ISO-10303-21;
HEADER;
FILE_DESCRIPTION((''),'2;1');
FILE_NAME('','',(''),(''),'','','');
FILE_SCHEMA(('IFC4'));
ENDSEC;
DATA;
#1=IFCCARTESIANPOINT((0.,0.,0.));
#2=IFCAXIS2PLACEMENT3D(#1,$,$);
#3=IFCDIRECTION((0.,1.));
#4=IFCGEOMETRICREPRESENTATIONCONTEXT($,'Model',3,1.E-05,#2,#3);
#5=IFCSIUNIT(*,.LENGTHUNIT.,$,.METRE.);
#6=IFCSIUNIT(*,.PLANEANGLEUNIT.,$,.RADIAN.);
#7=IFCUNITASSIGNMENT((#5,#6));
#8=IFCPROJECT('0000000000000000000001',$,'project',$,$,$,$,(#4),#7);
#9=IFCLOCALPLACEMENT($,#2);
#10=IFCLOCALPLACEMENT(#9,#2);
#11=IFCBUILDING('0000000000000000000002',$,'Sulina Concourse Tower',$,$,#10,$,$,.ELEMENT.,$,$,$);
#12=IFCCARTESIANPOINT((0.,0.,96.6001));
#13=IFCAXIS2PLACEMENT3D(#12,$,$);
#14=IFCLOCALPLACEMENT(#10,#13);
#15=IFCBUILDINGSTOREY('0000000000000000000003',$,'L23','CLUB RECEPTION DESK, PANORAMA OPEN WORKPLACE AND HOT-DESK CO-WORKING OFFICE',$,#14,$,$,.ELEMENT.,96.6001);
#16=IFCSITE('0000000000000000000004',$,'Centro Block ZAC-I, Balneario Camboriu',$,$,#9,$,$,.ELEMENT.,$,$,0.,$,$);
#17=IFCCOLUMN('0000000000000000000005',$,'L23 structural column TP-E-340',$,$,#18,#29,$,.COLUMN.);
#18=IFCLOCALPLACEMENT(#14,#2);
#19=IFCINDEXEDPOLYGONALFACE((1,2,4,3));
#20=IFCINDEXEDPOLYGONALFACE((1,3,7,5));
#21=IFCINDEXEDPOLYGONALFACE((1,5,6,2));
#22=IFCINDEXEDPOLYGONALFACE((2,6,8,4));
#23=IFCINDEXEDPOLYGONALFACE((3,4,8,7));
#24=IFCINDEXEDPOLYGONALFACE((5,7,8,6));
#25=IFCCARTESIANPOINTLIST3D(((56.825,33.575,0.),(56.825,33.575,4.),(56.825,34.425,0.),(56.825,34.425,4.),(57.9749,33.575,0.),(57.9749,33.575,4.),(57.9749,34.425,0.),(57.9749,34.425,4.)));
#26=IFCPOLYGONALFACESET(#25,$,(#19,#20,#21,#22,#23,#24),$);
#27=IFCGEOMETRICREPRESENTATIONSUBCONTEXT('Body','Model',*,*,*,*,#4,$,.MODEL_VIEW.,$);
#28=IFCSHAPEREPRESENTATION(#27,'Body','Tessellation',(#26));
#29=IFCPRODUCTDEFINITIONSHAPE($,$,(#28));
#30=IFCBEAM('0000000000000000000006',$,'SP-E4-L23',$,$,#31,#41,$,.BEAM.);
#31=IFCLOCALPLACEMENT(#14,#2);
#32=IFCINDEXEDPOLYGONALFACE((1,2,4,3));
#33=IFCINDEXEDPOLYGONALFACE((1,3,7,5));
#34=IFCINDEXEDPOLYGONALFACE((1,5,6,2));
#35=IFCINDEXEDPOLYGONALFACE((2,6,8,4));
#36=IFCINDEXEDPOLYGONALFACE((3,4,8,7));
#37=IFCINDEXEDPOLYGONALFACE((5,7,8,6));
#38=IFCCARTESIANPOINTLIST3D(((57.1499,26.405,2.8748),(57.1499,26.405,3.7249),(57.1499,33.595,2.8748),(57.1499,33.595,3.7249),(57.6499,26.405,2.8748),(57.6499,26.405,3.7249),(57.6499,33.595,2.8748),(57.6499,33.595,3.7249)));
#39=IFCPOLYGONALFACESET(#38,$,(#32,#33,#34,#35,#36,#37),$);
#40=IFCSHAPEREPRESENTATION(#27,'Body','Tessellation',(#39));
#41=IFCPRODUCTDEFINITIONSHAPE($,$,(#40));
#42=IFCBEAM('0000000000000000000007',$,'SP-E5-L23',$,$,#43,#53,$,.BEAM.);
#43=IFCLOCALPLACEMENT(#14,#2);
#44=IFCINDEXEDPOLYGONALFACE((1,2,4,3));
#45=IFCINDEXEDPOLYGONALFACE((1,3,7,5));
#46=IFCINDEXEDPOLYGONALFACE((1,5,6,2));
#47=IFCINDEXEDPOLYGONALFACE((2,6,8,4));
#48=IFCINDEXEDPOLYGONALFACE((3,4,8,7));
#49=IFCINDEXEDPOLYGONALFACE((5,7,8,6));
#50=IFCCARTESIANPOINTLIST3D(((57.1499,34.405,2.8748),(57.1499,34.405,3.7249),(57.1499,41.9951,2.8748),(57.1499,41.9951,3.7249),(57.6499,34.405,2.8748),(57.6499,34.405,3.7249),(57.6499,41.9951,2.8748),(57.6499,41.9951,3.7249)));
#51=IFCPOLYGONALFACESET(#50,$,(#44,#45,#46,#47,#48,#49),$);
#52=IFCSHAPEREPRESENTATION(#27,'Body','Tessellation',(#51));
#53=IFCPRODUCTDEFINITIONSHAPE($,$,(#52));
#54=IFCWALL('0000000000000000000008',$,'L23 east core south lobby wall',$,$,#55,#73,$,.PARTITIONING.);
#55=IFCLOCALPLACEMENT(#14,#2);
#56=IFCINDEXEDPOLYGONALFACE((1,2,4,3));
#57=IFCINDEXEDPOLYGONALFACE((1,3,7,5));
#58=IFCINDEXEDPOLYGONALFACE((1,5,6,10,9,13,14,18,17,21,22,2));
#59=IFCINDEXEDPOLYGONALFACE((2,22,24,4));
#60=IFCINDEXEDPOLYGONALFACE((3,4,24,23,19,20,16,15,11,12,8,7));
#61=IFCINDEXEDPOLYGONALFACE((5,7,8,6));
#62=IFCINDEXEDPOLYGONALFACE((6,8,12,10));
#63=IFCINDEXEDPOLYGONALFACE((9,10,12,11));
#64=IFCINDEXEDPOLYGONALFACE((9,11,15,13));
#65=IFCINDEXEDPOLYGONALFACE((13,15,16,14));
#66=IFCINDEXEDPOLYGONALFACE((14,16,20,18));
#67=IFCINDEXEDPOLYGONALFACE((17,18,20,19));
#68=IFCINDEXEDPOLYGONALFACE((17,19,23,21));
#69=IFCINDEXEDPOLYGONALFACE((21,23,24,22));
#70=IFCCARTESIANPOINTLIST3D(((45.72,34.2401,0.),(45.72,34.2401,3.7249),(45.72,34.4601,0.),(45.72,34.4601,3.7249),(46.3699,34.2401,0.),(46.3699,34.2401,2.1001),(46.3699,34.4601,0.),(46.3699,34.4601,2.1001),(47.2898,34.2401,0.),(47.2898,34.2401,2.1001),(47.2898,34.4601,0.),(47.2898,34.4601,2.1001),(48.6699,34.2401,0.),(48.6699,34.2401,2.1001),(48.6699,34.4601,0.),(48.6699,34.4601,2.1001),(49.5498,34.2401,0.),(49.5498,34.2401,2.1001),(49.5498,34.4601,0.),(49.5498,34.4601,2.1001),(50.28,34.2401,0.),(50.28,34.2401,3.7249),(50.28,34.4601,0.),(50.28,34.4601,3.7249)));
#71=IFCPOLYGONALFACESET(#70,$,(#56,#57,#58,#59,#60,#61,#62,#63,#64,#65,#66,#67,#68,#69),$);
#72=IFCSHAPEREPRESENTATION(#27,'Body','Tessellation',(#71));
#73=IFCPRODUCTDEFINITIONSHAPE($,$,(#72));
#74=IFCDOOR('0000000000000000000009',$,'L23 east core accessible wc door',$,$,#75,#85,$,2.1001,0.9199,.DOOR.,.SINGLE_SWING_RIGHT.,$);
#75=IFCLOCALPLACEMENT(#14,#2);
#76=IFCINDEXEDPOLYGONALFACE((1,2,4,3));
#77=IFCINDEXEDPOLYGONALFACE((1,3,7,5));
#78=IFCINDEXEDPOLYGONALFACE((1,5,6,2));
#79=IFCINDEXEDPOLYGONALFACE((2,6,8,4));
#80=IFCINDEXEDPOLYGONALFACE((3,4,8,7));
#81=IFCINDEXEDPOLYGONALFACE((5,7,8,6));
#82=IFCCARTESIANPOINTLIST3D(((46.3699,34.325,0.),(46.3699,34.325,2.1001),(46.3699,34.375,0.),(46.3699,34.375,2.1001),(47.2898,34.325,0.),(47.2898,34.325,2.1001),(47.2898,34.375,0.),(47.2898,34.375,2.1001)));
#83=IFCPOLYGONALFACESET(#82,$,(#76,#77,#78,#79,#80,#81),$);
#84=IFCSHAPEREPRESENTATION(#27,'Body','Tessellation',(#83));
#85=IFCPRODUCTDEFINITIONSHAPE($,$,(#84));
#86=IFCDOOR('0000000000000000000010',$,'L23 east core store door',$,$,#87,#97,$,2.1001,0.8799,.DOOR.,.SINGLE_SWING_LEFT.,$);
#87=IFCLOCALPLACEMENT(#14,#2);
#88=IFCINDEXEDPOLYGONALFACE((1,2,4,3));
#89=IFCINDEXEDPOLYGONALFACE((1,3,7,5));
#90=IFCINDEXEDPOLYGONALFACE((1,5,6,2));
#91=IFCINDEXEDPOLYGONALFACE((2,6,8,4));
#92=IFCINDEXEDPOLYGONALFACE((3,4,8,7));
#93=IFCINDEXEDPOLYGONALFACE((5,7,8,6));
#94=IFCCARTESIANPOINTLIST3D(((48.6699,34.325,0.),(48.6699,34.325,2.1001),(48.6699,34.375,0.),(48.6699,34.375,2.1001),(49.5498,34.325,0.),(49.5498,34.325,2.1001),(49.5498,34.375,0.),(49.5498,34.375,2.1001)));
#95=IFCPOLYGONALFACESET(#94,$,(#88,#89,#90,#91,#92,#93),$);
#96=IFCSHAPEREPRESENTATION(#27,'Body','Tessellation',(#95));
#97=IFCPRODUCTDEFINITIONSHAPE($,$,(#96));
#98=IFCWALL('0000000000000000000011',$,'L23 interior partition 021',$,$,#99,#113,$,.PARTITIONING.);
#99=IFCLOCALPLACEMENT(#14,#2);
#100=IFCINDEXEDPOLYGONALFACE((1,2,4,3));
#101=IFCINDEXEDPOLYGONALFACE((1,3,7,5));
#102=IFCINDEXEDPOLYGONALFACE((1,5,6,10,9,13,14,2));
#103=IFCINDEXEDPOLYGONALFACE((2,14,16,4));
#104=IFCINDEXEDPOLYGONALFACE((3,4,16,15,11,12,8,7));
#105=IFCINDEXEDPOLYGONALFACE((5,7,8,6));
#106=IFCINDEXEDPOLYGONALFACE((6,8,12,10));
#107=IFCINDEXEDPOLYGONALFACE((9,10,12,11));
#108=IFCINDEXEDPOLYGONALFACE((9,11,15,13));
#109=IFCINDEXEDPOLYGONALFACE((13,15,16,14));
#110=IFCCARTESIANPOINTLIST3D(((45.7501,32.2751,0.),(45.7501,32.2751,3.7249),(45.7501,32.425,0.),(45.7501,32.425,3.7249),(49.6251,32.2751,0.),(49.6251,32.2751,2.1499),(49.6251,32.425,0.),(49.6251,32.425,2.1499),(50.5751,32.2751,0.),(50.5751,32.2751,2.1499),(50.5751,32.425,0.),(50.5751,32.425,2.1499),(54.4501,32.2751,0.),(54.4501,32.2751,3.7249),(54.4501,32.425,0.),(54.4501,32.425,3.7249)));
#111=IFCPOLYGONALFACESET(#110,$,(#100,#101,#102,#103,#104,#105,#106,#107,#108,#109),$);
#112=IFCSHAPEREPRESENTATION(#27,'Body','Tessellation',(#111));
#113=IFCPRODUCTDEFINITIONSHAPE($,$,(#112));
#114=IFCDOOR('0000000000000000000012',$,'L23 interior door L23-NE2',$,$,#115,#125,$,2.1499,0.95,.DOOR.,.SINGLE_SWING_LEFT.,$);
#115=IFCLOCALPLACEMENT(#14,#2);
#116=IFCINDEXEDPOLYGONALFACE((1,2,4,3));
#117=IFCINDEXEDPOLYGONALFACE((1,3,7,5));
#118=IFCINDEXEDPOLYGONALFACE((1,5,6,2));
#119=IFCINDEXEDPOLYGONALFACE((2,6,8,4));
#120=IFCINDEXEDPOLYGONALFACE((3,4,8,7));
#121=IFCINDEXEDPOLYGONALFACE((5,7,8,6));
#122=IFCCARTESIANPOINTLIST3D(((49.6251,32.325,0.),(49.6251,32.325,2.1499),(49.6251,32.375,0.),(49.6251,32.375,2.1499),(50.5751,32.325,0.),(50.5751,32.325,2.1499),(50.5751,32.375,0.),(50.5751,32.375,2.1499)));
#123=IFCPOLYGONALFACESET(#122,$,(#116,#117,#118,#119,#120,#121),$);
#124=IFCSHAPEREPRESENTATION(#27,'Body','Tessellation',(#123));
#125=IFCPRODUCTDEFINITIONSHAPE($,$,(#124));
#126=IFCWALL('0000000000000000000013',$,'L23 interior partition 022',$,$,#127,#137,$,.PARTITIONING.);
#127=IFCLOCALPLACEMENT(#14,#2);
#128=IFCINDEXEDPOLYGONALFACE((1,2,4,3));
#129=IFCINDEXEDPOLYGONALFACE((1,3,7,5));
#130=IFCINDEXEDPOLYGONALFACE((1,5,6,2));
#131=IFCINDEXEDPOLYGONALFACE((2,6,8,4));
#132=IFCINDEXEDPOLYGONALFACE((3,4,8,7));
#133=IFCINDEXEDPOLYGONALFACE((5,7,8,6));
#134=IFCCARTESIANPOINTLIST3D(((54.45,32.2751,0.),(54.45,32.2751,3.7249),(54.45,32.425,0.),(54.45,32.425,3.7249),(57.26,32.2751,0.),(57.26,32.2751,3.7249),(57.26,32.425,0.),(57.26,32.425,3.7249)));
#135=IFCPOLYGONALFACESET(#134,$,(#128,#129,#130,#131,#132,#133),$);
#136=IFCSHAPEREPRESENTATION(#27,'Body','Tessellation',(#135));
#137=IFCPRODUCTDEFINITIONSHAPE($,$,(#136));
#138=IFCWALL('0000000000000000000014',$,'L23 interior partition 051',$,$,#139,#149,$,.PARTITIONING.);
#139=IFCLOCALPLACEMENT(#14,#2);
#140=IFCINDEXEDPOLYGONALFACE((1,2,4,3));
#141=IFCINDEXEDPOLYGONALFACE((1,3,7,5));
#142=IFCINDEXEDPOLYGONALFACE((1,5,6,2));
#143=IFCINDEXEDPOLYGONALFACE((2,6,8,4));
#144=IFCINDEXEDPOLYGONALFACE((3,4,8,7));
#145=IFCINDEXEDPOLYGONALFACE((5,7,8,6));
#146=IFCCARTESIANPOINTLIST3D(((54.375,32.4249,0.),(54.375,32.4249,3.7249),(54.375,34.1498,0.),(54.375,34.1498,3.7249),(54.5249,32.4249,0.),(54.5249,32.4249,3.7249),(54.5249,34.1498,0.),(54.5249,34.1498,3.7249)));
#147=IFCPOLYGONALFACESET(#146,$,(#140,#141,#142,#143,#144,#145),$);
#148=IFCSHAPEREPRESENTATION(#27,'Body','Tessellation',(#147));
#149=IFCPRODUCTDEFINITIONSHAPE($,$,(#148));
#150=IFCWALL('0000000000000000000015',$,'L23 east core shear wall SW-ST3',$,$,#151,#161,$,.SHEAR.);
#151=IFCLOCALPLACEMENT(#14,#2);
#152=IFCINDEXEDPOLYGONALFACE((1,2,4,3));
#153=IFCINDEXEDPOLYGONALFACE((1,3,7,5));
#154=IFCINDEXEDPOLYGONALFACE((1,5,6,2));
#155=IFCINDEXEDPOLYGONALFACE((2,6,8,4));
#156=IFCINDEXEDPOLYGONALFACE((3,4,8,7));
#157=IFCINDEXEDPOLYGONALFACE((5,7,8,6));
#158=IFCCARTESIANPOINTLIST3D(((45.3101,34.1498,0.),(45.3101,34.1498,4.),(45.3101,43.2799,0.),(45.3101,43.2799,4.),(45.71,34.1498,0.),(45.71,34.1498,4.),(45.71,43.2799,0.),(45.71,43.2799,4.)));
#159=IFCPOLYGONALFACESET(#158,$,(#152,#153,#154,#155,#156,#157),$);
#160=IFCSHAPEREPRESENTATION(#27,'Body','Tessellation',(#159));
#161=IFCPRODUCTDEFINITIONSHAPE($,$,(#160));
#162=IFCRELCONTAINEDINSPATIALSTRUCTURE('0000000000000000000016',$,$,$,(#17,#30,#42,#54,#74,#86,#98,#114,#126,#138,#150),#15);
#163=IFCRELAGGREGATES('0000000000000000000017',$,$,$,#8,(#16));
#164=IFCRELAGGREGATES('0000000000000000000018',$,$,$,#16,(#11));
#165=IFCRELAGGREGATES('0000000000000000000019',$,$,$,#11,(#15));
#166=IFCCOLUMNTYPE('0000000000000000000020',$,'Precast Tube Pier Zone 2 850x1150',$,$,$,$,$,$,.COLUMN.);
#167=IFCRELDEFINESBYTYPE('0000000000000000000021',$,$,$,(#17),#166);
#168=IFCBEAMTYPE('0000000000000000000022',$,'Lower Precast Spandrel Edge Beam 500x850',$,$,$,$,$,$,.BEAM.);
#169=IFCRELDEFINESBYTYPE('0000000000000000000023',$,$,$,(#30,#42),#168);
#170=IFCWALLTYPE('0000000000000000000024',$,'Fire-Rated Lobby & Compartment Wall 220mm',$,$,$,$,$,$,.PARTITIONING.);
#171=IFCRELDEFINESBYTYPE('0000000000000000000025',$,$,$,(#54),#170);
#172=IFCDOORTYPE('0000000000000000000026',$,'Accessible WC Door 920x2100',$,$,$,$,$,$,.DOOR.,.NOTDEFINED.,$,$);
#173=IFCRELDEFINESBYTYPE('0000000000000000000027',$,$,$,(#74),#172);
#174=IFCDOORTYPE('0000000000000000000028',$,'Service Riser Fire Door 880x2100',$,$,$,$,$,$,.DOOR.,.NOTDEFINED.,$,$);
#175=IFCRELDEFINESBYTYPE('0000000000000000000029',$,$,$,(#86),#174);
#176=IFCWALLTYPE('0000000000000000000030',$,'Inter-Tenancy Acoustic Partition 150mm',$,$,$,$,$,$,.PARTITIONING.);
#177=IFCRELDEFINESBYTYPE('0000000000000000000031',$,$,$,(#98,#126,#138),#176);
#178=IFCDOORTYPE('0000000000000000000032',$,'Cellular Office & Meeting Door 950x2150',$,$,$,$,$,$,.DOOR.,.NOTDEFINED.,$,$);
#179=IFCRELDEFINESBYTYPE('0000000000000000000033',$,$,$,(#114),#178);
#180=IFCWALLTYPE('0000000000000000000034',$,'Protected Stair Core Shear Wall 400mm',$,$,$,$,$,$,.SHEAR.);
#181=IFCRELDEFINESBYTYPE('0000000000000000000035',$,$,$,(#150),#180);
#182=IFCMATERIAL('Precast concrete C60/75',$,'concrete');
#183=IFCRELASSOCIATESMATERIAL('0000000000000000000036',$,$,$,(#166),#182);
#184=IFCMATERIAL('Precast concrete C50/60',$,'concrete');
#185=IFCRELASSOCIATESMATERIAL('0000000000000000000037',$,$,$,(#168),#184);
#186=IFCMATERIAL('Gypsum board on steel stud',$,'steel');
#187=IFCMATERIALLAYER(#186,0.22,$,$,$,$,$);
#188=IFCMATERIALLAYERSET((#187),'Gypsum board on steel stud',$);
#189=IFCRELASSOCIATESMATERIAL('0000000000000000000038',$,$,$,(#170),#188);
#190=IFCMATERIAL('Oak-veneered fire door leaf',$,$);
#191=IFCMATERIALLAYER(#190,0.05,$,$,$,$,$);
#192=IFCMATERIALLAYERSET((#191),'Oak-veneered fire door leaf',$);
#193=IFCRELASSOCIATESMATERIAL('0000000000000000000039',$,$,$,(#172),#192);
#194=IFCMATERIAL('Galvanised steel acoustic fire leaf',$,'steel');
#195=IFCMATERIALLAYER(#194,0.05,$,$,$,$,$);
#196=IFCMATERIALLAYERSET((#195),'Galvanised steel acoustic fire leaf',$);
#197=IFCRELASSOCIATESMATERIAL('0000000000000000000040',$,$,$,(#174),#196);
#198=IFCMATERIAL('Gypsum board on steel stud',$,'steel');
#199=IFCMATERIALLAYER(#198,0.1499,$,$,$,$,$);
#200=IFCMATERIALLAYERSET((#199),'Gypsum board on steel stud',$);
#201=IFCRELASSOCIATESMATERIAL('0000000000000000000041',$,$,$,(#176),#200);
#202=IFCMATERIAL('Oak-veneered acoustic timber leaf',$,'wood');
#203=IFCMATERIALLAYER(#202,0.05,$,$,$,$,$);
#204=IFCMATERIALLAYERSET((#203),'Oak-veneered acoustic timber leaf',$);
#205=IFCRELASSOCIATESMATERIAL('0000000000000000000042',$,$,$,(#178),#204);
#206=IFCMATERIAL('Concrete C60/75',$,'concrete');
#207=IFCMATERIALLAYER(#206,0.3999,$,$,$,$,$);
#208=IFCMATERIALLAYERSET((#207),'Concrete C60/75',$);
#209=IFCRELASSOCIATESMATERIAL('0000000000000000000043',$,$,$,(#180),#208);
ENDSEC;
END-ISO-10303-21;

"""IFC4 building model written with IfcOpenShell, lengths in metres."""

from ifc_helpers import new_model, si_unit, direction, frame, frame_2d, origin, origin_2d, place, context, subcontext, project, spatial, rectangle, extrude, material, layer, layer_set, material_profile, profile_set, type_object, element, fill, save


model = new_model("IFC4")

# Units and contexts
model_context = context("Model", 3, precision=1e-05, world=origin(), true_north=direction((0.0, 1.0)))
body_context = subcontext(model_context, "Body", "Model", "MODEL_VIEW")
ifc_project = project(units=[si_unit("LENGTHUNIT", "METRE"), si_unit("PLANEANGLEUNIT", "RADIAN")], contexts=[model_context])

# Site, building, storey
site_placement = place(None, origin())
site = spatial("IfcSite", under=ifc_project, at=site_placement, Name="Centro Block ZAC-I, Balneario Camboriu", CompositionType="ELEMENT", RefElevation=0.0)
building_placement = place(site_placement, origin())
building = spatial("IfcBuilding", under=site, at=building_placement, Name="Sulina Concourse Tower", CompositionType="ELEMENT")
storey_placement = place(building_placement, frame((0.0, 0.0, 96.6001)))
storey = spatial("IfcBuildingStorey", under=building, at=storey_placement, Name="L23", Description="CLUB RECEPTION DESK, PANORAMA OPEN WORKPLACE AND HOT-DESK CO-WORKING OFFICE", CompositionType="ELEMENT", Elevation=96.6001)

# Column
ifc_material_1 = material(Name="Precast concrete C60/75", Category="concrete")
ifc_material_profile_1 = material_profile(ifc_material_1, rectangle(XDim=0.8501, YDim=1.1499, at=origin_2d()), Name="PC 850x1150")
ifc_profile_set_1 = profile_set([ifc_material_profile_1], Name="Precast concrete C60/75")
column_type = type_object("IfcColumnType", Name="Precast Tube Pier Zone 2 850x1150", PredefinedType="COLUMN", material=ifc_profile_set_1)
column_placement = place(storey_placement, frame((57.3999, 34.0, 0.0), z_axis=(0.0, 0.0, 1.0), x_axis=(0.0, 1.0, 0.0)))
element("IfcColumn", 1, at=column_placement, inside=storey, type_object=column_type, Name="L23 structural column TP-E-340", PredefinedType="COLUMN", context=body_context, shape_type="SweptSolid", body=[
    extrude(rectangle(XDim=0.8501, YDim=1.1499, at=origin_2d()), origin(), (0.0, 0.0, 1.0), 4.0),
])

# Beams
ifc_material_2 = material(Name="Precast concrete C50/60", Category="concrete")
ifc_material_profile_2 = material_profile(ifc_material_2, rectangle(XDim=0.5, YDim=0.8501, at=origin_2d()), Name="RC 500x850")
ifc_profile_set_2 = profile_set([ifc_material_profile_2], Name="Precast concrete C50/60")
beam_type = type_object("IfcBeamType", Name="Lower Precast Spandrel Edge Beam 500x850", PredefinedType="BEAM", material=ifc_profile_set_2)
beam_1_placement = place(storey_placement, frame((57.3999, 26.405, 3.2998), z_axis=(0.0, 1.0, 0.0), x_axis=(-1.0, 0.0, 0.0)))
element("IfcBeam", 2, at=beam_1_placement, inside=storey, type_object=beam_type, Name="SP-E4-L23", PredefinedType="BEAM", context=body_context, shape_type="SweptSolid", body=[
    extrude(rectangle(XDim=0.5, YDim=0.8501, at=origin_2d()), origin(), (0.0, 0.0, 1.0), 7.1899),
])
beam_2_placement = place(storey_placement, frame((57.3999, 34.405, 3.2998), z_axis=(0.0, 1.0, 0.0), x_axis=(-1.0, 0.0, 0.0)))
element("IfcBeam", 3, at=beam_2_placement, inside=storey, type_object=beam_type, Name="SP-E5-L23", PredefinedType="BEAM", context=body_context, shape_type="SweptSolid", body=[
    extrude(rectangle(XDim=0.5, YDim=0.8501, at=origin_2d()), origin(), (0.0, 0.0, 1.0), 7.5901),
])

# Wall, openings, doors
ifc_material_3 = material(Name="Gypsum board on steel stud", Category="steel")
ifc_layer_1 = layer(ifc_material_3, 0.22)
ifc_layer_set_1 = layer_set([ifc_layer_1], Name="Gypsum board on steel stud")
wall_type_1 = type_object("IfcWallType", Name="Fire-Rated Lobby & Compartment Wall 220mm", PredefinedType="PARTITIONING", material=ifc_layer_set_1)
wall_1_placement = place(storey_placement, frame((45.72, 34.3501, 0.0), z_axis=(0.0, 0.0, 1.0), x_axis=(1.0, 0.0, 0.0)))
wall_1 = element("IfcWall", 4, at=wall_1_placement, inside=storey, type_object=wall_type_1, Name="L23 east core south lobby wall", PredefinedType="PARTITIONING", context=body_context, shape_type="SweptSolid", body=[
    extrude(rectangle(XDim=4.5601, YDim=0.22, at=frame_2d((2.28, 0.0))), origin(), (0.0, 0.0, 1.0), 3.7249),
])
opening_1_placement = place(wall_1_placement, frame((0.6499, 0.0, 0.0)))
opening_1 = element("IfcOpeningElement", 5, at=opening_1_placement, cuts=wall_1, PredefinedType="OPENING", context=body_context, shape_type="SweptSolid", body=[
    extrude(rectangle(XDim=0.9199, YDim=2.1001, at=frame_2d((0.46, 1.05))), frame((0.0, 0.1199, 0.0), z_axis=(0.0, -1.0, 0.0), x_axis=(1.0, 0.0, 0.0)), (0.0, 0.0, 1.0), 0.24),
])
opening_2_placement = place(wall_1_placement, frame((2.95, 0.0, 0.0)))
opening_2 = element("IfcOpeningElement", 6, at=opening_2_placement, cuts=wall_1, PredefinedType="OPENING", context=body_context, shape_type="SweptSolid", body=[
    extrude(rectangle(XDim=0.8799, YDim=2.1001, at=frame_2d((0.4399, 1.05))), frame((0.0, 0.1199, 0.0), z_axis=(0.0, -1.0, 0.0), x_axis=(1.0, 0.0, 0.0)), (0.0, 0.0, 1.0), 0.24),
])
ifc_material_4 = material(Name="Oak-veneered fire door leaf")
ifc_layer_2 = layer(ifc_material_4, 0.05)
ifc_layer_set_2 = layer_set([ifc_layer_2], Name="Oak-veneered fire door leaf")
door_type_1 = type_object("IfcDoorType", Name="Accessible WC Door 920x2100", OperationType="NOTDEFINED", PredefinedType="DOOR", material=ifc_layer_set_2)
door_1_placement = place(opening_1_placement, origin())
door_1 = element("IfcDoor", 7, at=door_1_placement, inside=storey, type_object=door_type_1, Name="L23 east core accessible wc door", OperationType="SINGLE_SWING_RIGHT", OverallHeight=2.1001, OverallWidth=0.9199, PredefinedType="DOOR", context=body_context, shape_type="SweptSolid", body=[
    extrude(rectangle(XDim=0.9199, YDim=2.1001, at=frame_2d((0.46, 1.05))), frame((0.0, 0.0249, 0.0), z_axis=(0.0, -1.0, 0.0), x_axis=(1.0, 0.0, 0.0)), (0.0, 0.0, 1.0), 0.05),
])
fill(opening_1, door_1)
ifc_material_5 = material(Name="Galvanised steel acoustic fire leaf", Category="steel")
ifc_layer_3 = layer(ifc_material_5, 0.05)
ifc_layer_set_3 = layer_set([ifc_layer_3], Name="Galvanised steel acoustic fire leaf")
door_type_2 = type_object("IfcDoorType", Name="Service Riser Fire Door 880x2100", OperationType="NOTDEFINED", PredefinedType="DOOR", material=ifc_layer_set_3)
door_2_placement = place(opening_2_placement, origin())
door_2 = element("IfcDoor", 8, at=door_2_placement, inside=storey, type_object=door_type_2, Name="L23 east core store door", OperationType="SINGLE_SWING_LEFT", OverallHeight=2.1001, OverallWidth=0.8799, PredefinedType="DOOR", context=body_context, shape_type="SweptSolid", body=[
    extrude(rectangle(XDim=0.8799, YDim=2.1001, at=frame_2d((0.4399, 1.05))), frame((0.0, 0.0249, 0.0), z_axis=(0.0, -1.0, 0.0), x_axis=(1.0, 0.0, 0.0)), (0.0, 0.0, 1.0), 0.05),
])
fill(opening_2, door_2)

# Wall, opening, door
ifc_material_6 = material(Name="Gypsum board on steel stud", Category="steel")
ifc_layer_4 = layer(ifc_material_6, 0.1499)
ifc_layer_set_4 = layer_set([ifc_layer_4], Name="Gypsum board on steel stud")
wall_type_2 = type_object("IfcWallType", Name="Inter-Tenancy Acoustic Partition 150mm", PredefinedType="PARTITIONING", material=ifc_layer_set_4)
wall_2_placement = place(storey_placement, frame((45.75, 32.3501, 0.0), z_axis=(0.0, 0.0, 1.0), x_axis=(1.0, 0.0, 0.0)))
wall_2 = element("IfcWall", 9, at=wall_2_placement, inside=storey, type_object=wall_type_2, Name="L23 interior partition 021", PredefinedType="PARTITIONING", context=body_context, shape_type="SweptSolid", body=[
    extrude(rectangle(XDim=8.7, YDim=0.1499, at=frame_2d((4.3501, 0.0))), origin(), (0.0, 0.0, 1.0), 3.7249),
])
opening_3_placement = place(wall_2_placement, frame((3.875, 0.0, 0.0)))
opening_3 = element("IfcOpeningElement", 10, at=opening_3_placement, cuts=wall_2, PredefinedType="OPENING", context=body_context, shape_type="SweptSolid", body=[
    extrude(rectangle(XDim=0.95, YDim=2.1499, at=frame_2d((0.4751, 1.075))), frame((0.0, 0.085, 0.0), z_axis=(0.0, -1.0, 0.0), x_axis=(1.0, 0.0, 0.0)), (0.0, 0.0, 1.0), 0.1699),
])
ifc_material_7 = material(Name="Oak-veneered acoustic timber leaf", Category="wood")
ifc_layer_5 = layer(ifc_material_7, 0.05)
ifc_layer_set_5 = layer_set([ifc_layer_5], Name="Oak-veneered acoustic timber leaf")
door_type_3 = type_object("IfcDoorType", Name="Cellular Office & Meeting Door 950x2150", OperationType="NOTDEFINED", PredefinedType="DOOR", material=ifc_layer_set_5)
door_3_placement = place(opening_3_placement, origin())
door_3 = element("IfcDoor", 11, at=door_3_placement, inside=storey, type_object=door_type_3, Name="L23 interior door L23-NE2", OperationType="SINGLE_SWING_LEFT", OverallHeight=2.1499, OverallWidth=0.95, PredefinedType="DOOR", context=body_context, shape_type="SweptSolid", body=[
    extrude(rectangle(XDim=0.95, YDim=2.1499, at=frame_2d((0.4751, 1.075))), frame((0.0, 0.0249, 0.0), z_axis=(0.0, -1.0, 0.0), x_axis=(1.0, 0.0, 0.0)), (0.0, 0.0, 1.0), 0.05),
])
fill(opening_3, door_3)

# Walls
wall_3_placement = place(storey_placement, frame((54.45, 32.3501, 0.0), z_axis=(0.0, 0.0, 1.0), x_axis=(1.0, 0.0, 0.0)))
element("IfcWall", 12, at=wall_3_placement, inside=storey, type_object=wall_type_2, Name="L23 interior partition 022", PredefinedType="PARTITIONING", context=body_context, shape_type="SweptSolid", body=[
    extrude(rectangle(XDim=2.8101, YDim=0.1499, at=frame_2d((1.405, 0.0))), origin(), (0.0, 0.0, 1.0), 3.7249),
])
wall_4_placement = place(storey_placement, frame((54.45, 32.425, 0.0), z_axis=(0.0, 0.0, 1.0), x_axis=(0.0, 1.0, 0.0)))
element("IfcWall", 13, at=wall_4_placement, inside=storey, type_object=wall_type_2, Name="L23 interior partition 051", PredefinedType="PARTITIONING", context=body_context, shape_type="SweptSolid", body=[
    extrude(rectangle(XDim=1.7249, YDim=0.1499, at=frame_2d((0.8623, 0.0))), origin(), (0.0, 0.0, 1.0), 3.7249),
])
ifc_material_8 = material(Name="Concrete C60/75", Category="concrete")
ifc_layer_6 = layer(ifc_material_8, 0.3999)
ifc_layer_set_6 = layer_set([ifc_layer_6], Name="Concrete C60/75")
wall_type_3 = type_object("IfcWallType", Name="Protected Stair Core Shear Wall 400mm", PredefinedType="SHEAR", material=ifc_layer_set_6)
wall_5_placement = place(storey_placement, frame((45.51, 34.1499, 0.0), z_axis=(0.0, 0.0, 1.0), x_axis=(0.0, 1.0, 0.0)))
element("IfcWall", 14, at=wall_5_placement, inside=storey, type_object=wall_type_3, Name="L23 east core shear wall SW-ST3", PredefinedType="SHEAR", context=body_context, shape_type="SweptSolid", body=[
    extrude(rectangle(XDim=9.1301, YDim=0.3999, at=frame_2d((4.5649, 0.0))), origin(), (0.0, 0.0, 1.0), 4.0),
])

save(model, "model.ifc")
